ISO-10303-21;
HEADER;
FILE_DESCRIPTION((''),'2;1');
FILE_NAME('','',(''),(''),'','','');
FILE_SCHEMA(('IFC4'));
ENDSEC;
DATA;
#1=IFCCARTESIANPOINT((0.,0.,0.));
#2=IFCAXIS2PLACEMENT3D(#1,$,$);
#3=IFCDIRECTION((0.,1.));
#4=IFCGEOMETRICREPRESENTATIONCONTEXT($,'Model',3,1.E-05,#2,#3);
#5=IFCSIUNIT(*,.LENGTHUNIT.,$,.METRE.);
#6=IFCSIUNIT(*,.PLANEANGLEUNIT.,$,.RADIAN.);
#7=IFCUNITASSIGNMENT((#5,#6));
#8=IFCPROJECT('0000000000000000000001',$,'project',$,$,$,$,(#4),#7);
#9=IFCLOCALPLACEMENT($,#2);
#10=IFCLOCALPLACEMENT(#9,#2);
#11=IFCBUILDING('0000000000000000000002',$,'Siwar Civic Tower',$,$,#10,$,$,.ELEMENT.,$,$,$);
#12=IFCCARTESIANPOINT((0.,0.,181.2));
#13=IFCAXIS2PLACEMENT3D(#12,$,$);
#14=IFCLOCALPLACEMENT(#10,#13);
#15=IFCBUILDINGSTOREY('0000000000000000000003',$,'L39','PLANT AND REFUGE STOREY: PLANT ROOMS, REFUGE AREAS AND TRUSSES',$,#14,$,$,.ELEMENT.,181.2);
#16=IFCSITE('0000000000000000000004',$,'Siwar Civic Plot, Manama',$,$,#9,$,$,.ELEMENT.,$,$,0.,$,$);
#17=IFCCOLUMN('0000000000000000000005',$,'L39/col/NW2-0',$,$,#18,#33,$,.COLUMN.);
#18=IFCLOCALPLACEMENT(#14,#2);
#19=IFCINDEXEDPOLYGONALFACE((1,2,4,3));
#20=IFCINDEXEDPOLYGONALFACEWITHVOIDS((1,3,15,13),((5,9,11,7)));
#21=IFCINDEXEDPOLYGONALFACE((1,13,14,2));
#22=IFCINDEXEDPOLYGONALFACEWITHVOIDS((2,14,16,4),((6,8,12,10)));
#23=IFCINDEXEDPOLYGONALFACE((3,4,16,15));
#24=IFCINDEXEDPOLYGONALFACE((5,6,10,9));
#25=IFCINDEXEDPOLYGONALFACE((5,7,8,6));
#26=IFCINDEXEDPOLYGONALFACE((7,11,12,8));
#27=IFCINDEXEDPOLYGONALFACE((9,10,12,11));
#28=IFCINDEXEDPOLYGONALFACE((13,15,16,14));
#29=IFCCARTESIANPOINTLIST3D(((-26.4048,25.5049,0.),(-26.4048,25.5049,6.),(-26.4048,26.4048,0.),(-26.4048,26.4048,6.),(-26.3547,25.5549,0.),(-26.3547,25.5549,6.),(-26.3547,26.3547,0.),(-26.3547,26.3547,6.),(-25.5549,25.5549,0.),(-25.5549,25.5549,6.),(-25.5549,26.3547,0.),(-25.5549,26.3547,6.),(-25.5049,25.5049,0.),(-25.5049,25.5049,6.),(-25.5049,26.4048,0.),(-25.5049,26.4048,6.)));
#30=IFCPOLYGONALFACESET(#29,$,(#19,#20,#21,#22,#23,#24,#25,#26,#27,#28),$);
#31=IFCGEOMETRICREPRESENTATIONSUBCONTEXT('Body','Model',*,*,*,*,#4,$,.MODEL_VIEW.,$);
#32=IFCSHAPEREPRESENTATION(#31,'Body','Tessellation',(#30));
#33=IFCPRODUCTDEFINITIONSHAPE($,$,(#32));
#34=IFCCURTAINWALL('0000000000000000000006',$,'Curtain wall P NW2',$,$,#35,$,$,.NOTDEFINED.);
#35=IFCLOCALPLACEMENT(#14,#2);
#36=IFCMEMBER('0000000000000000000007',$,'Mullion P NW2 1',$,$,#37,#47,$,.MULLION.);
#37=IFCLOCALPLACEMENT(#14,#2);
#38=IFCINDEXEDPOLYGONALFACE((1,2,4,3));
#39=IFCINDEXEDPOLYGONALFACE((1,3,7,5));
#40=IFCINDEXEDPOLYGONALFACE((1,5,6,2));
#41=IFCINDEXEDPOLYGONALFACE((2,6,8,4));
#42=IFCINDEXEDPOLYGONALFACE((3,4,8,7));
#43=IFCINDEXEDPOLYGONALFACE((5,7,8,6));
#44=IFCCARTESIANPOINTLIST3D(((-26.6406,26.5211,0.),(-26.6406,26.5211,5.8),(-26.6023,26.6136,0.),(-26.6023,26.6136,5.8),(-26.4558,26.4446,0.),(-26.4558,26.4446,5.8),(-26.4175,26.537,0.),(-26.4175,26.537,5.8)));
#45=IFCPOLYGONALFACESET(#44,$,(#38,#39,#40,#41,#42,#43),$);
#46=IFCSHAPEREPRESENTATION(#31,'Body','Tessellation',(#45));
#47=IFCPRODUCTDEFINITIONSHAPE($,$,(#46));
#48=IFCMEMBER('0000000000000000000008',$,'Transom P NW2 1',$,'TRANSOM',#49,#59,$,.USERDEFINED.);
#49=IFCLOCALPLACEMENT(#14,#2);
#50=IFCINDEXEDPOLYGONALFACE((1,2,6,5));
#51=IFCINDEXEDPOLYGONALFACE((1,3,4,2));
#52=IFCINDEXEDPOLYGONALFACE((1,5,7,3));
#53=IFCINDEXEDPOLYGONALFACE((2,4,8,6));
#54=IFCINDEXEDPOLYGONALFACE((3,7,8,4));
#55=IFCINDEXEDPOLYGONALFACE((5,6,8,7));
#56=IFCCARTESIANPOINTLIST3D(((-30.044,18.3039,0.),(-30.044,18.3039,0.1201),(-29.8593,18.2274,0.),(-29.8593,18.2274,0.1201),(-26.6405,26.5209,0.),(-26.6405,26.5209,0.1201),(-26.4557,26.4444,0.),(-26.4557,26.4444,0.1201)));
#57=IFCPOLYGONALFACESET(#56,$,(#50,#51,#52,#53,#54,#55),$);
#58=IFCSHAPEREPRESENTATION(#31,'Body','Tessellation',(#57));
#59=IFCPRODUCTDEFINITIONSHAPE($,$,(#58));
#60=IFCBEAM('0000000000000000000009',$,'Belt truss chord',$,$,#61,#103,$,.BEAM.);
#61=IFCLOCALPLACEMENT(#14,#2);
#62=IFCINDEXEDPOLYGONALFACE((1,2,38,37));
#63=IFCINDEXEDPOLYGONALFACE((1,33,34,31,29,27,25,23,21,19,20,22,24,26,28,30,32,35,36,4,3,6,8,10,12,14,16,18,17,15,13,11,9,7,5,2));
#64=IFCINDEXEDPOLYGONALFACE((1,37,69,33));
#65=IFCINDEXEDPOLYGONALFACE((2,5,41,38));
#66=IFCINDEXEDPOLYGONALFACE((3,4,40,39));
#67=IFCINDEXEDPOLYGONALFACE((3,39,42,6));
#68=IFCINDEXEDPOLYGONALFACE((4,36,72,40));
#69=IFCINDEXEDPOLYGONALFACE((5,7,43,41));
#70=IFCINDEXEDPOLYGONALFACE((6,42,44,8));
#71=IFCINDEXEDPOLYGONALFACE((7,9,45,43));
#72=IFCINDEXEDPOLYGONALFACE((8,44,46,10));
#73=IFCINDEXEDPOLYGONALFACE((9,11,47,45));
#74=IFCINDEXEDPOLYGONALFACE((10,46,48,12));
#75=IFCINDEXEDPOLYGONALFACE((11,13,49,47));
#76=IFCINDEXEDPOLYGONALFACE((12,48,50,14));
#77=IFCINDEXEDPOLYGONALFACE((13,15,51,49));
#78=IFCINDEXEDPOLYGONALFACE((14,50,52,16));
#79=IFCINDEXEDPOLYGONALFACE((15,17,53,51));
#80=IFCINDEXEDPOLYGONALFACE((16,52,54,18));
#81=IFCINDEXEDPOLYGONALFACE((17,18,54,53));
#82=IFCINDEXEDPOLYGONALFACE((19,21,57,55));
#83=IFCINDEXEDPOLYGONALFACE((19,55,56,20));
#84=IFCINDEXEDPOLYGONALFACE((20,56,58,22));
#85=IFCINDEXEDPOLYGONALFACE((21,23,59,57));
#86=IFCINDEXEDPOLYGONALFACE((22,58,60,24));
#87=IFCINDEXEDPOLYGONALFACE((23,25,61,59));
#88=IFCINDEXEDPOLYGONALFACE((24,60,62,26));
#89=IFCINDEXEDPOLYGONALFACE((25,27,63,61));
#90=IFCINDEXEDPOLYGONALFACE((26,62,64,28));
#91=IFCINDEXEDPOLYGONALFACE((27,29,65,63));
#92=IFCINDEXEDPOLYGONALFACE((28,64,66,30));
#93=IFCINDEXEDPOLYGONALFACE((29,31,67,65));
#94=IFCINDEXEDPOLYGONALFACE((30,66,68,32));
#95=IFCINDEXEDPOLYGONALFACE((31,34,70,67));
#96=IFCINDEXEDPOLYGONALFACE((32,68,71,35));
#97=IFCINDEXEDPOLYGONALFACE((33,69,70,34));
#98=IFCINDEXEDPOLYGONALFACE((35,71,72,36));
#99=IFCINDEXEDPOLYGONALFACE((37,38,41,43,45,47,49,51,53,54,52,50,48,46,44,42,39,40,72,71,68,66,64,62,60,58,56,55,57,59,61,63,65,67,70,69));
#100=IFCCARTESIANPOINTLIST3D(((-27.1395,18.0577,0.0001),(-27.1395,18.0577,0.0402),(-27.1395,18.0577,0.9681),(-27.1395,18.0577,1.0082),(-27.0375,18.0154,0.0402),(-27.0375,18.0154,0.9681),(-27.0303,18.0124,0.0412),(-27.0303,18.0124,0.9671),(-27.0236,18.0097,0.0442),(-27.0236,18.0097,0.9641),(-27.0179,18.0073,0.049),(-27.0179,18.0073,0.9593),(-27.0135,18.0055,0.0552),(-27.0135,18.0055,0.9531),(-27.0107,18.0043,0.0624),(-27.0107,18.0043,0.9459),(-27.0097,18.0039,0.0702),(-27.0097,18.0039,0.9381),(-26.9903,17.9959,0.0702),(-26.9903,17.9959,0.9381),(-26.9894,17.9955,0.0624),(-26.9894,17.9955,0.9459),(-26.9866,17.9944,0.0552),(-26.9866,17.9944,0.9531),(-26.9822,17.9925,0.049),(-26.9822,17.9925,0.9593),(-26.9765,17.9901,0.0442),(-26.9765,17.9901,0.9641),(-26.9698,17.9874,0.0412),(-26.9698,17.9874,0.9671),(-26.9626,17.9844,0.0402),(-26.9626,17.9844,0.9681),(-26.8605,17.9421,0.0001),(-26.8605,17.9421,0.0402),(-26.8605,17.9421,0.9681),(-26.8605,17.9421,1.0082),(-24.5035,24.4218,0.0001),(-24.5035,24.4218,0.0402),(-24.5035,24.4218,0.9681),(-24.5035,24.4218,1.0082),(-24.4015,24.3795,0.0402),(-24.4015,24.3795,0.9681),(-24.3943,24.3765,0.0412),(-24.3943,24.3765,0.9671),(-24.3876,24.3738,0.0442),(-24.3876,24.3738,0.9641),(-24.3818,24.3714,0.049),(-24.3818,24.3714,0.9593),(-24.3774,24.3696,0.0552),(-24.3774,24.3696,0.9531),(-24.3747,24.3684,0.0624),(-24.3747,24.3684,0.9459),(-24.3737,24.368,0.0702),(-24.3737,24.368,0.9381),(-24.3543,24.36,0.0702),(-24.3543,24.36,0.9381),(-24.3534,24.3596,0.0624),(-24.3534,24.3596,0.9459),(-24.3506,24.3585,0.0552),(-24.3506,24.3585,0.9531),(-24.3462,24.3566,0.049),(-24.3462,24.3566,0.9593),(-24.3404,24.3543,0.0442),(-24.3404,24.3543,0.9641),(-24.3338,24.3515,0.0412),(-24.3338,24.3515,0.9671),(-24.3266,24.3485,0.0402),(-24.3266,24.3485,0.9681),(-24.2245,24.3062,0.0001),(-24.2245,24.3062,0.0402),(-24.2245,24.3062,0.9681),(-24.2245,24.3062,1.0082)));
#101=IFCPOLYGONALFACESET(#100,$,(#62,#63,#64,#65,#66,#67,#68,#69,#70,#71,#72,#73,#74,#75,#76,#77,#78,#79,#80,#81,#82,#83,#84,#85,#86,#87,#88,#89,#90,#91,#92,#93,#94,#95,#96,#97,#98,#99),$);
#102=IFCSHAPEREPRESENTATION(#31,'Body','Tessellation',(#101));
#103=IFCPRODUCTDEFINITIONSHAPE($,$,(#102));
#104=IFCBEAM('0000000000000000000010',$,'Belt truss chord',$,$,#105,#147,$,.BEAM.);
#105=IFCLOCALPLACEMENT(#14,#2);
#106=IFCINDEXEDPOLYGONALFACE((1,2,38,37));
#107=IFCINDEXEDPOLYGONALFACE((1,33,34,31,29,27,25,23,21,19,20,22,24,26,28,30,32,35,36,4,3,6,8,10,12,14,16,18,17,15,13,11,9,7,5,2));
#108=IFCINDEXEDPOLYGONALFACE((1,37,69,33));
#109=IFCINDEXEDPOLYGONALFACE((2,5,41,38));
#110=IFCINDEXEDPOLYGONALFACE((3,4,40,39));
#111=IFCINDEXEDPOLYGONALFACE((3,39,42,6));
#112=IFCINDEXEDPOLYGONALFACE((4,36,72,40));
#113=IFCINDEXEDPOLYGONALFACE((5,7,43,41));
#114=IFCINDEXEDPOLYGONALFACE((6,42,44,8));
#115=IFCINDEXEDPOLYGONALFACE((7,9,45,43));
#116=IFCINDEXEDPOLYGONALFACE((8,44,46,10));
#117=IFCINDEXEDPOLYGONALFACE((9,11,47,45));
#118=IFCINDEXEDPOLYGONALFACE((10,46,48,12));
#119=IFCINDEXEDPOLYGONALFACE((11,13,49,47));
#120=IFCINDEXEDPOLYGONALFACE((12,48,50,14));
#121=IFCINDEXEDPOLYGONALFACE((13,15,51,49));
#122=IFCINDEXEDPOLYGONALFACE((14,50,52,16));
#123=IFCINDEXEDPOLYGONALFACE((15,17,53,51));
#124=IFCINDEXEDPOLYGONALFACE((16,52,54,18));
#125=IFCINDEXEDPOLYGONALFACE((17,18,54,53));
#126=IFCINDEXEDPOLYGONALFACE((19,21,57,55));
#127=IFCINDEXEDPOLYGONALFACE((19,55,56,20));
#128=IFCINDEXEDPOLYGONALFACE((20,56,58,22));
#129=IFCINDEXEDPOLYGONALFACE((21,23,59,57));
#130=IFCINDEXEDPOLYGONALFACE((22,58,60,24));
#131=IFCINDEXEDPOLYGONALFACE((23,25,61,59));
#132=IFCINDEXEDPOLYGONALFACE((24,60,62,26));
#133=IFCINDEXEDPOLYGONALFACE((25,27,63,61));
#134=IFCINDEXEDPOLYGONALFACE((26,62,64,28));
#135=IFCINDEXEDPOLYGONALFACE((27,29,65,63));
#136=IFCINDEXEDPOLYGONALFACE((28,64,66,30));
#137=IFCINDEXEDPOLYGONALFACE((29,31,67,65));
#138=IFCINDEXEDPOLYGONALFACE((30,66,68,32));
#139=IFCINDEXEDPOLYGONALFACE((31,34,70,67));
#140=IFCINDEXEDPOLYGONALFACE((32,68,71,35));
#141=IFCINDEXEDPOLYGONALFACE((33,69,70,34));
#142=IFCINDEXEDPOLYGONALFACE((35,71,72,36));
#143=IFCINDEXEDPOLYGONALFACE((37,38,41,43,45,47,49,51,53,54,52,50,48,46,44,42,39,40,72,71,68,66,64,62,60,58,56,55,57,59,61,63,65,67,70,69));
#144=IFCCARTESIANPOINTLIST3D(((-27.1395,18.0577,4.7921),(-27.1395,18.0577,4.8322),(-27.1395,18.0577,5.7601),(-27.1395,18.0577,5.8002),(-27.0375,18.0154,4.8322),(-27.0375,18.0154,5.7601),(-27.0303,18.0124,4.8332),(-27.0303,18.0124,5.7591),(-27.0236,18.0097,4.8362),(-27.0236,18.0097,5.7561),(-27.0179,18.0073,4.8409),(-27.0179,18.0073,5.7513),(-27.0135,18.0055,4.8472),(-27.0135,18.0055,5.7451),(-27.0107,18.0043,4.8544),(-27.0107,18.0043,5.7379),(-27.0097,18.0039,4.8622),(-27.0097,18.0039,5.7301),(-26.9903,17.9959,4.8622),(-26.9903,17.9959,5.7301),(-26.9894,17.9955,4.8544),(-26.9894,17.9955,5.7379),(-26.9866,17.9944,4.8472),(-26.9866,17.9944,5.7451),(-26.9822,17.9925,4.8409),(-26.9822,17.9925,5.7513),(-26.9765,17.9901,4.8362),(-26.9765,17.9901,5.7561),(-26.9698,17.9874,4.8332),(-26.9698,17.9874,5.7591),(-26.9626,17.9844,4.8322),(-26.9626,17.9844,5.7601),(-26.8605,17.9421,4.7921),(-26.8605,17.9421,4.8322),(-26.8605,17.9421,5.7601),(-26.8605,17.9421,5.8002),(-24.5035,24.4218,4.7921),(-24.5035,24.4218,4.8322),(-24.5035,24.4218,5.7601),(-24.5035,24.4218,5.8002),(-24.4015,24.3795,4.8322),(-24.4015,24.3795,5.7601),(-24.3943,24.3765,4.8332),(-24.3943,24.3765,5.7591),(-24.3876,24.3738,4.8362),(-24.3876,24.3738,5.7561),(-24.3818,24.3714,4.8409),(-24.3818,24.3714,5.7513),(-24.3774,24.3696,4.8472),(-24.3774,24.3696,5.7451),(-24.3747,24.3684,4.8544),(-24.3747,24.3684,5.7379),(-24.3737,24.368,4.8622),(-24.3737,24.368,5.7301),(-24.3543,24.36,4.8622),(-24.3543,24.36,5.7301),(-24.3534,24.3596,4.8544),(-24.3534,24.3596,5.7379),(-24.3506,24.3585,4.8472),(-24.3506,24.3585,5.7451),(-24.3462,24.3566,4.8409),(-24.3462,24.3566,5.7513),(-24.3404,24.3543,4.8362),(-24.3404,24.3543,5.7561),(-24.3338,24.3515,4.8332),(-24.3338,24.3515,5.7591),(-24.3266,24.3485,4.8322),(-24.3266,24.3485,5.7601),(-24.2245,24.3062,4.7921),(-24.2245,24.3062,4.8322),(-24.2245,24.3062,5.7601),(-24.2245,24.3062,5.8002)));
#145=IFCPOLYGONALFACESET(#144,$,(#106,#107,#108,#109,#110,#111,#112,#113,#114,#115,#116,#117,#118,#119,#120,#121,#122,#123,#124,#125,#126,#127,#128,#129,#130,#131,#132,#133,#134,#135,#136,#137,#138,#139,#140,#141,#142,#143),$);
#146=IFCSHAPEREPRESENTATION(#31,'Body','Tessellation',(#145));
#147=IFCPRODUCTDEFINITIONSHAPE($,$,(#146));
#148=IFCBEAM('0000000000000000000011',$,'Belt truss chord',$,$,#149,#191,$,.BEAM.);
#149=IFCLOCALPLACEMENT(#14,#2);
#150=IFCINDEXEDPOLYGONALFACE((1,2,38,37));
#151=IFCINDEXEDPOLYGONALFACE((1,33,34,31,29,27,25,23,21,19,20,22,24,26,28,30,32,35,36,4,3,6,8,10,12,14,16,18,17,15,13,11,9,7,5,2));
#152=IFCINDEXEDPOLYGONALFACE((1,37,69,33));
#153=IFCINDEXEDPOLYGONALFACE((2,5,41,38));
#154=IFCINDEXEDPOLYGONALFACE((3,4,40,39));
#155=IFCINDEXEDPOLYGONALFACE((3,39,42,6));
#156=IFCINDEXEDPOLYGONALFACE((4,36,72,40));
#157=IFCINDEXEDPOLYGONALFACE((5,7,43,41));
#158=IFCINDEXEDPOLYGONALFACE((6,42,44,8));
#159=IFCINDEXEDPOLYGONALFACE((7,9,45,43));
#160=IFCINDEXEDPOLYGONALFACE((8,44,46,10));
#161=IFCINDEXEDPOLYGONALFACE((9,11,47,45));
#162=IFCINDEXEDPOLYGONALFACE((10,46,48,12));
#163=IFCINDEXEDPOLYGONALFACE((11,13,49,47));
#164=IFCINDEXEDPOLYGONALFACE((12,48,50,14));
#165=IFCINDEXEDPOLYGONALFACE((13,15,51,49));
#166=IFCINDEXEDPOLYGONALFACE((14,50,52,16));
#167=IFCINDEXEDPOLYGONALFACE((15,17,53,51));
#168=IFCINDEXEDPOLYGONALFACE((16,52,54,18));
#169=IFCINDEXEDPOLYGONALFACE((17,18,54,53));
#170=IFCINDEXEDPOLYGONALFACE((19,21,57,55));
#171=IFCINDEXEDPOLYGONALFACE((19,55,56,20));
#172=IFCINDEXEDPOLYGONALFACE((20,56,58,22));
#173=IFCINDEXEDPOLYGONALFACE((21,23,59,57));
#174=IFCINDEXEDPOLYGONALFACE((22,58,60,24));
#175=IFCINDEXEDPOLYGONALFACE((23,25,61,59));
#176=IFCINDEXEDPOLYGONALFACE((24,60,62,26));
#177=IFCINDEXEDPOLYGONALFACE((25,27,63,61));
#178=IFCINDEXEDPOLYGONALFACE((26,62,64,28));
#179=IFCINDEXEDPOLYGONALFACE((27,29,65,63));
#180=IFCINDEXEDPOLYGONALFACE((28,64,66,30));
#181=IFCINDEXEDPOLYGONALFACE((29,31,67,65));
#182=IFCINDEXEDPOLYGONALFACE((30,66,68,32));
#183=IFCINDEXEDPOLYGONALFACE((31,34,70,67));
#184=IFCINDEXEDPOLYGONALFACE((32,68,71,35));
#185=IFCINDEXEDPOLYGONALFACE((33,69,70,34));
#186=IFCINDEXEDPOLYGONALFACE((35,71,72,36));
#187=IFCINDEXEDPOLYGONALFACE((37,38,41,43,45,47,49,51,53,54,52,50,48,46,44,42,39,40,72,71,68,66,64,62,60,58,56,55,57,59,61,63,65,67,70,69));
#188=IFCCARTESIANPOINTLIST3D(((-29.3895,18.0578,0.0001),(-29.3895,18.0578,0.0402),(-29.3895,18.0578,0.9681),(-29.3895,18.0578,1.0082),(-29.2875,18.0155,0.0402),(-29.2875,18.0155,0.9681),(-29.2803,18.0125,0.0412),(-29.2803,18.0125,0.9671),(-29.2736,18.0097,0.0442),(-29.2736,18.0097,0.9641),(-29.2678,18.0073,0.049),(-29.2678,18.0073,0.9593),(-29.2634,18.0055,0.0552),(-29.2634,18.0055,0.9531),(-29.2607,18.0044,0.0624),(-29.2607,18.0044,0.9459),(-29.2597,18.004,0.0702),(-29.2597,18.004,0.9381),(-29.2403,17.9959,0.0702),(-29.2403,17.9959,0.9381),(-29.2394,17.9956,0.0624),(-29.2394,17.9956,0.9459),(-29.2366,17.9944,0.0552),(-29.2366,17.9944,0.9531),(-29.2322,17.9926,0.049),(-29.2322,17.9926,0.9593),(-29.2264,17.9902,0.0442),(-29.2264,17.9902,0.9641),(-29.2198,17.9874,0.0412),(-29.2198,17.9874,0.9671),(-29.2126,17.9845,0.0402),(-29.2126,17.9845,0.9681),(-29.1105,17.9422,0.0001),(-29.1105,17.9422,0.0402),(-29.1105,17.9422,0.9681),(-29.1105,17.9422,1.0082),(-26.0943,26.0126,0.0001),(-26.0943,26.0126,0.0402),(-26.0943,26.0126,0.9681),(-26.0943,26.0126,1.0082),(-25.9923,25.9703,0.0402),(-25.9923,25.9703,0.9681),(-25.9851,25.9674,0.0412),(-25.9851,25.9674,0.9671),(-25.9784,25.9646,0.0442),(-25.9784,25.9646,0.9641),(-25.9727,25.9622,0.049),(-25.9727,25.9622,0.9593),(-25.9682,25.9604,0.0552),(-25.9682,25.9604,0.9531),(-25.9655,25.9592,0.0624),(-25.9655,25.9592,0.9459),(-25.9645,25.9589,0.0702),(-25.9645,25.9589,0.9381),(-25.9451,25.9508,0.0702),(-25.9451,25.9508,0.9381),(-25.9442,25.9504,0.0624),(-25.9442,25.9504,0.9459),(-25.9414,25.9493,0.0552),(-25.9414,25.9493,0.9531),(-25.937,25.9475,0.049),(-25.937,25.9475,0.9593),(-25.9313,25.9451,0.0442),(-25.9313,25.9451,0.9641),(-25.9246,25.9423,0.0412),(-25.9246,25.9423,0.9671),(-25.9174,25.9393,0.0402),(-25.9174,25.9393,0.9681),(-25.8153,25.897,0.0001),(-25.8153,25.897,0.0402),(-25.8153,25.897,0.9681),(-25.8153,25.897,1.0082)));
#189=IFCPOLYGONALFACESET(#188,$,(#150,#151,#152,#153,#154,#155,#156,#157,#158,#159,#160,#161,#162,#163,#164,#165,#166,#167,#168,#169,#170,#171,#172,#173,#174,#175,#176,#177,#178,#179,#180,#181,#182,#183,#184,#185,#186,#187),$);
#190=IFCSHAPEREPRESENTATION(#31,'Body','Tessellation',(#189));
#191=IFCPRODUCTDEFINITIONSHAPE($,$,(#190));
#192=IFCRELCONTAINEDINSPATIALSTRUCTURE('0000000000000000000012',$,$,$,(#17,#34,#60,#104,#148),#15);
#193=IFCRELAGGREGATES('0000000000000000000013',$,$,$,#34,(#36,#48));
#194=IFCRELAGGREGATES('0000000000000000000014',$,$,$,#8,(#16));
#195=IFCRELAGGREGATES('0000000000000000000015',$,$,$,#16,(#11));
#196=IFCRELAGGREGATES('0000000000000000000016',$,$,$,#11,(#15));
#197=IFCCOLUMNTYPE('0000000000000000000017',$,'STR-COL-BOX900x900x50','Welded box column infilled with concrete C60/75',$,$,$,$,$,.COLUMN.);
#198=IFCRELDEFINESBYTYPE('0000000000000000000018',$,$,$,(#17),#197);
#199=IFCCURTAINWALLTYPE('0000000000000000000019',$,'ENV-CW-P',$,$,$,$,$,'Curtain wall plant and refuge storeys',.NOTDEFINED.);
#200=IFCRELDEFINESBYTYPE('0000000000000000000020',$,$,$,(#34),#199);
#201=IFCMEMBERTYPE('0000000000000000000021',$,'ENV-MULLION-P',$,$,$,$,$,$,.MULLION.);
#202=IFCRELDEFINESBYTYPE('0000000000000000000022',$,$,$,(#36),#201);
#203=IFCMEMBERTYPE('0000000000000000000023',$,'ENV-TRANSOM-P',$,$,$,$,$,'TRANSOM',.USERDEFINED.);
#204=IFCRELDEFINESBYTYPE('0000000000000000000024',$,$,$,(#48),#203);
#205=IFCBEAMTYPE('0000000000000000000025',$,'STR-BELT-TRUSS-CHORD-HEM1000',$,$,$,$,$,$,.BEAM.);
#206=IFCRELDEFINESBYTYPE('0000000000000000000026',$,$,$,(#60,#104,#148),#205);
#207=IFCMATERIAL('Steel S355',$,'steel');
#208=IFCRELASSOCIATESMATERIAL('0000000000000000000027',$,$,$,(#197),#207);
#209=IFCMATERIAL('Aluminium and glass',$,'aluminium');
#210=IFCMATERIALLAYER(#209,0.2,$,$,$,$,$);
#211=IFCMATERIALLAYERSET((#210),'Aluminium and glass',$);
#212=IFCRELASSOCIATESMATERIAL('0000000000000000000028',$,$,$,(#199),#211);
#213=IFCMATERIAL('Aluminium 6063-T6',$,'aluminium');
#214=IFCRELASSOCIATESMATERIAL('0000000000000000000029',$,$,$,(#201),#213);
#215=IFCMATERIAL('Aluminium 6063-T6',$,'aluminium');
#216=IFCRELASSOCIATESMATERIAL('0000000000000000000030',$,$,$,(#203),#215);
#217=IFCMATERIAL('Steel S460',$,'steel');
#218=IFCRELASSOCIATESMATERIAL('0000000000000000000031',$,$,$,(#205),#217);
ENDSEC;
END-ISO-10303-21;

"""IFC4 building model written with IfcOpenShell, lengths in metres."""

from ifc_helpers import new_model, si_unit, direction, frame, origin, origin_2d, place, context, subcontext, project, spatial, rectangle, hollow_rectangle, i_section, extrude, material, layer, layer_set, material_profile, profile_set, type_object, element, aggregate, save


model = new_model("IFC4")

# Units and contexts
model_context = context("Model", 3, precision=1e-05, world=origin(), true_north=direction((0.0, 1.0)))
body_context = subcontext(model_context, "Body", "Model", "MODEL_VIEW")
ifc_project = project(units=[si_unit("LENGTHUNIT", "METRE"), si_unit("PLANEANGLEUNIT", "RADIAN")], contexts=[model_context])

# Site, building, storey
site_placement = place(None, origin())
site = spatial("IfcSite", under=ifc_project, at=site_placement, Name="Siwar Civic Plot, Manama", CompositionType="ELEMENT", RefElevation=0.0)
building_placement = place(site_placement, origin())
building = spatial("IfcBuilding", under=site, at=building_placement, Name="Siwar Civic Tower", CompositionType="ELEMENT")
storey_placement = place(building_placement, frame((0.0, 0.0, 181.2)))
storey = spatial("IfcBuildingStorey", under=building, at=storey_placement, Name="L39", Description="PLANT AND REFUGE STOREY: PLANT ROOMS, REFUGE AREAS AND TRUSSES", CompositionType="ELEMENT", Elevation=181.2)

# Column
ifc_material_1 = material(Name="Steel S355", Category="steel")
ifc_material_profile_1 = material_profile(ifc_material_1, hollow_rectangle(XDim=0.8999, YDim=0.8999, WallThickness=0.05, at=origin_2d()), Name="BOX900x900x50")
ifc_profile_set_1 = profile_set([ifc_material_profile_1], Name="Steel S355")
column_type = type_object("IfcColumnType", Name="STR-COL-BOX900x900x50", Description="Welded box column infilled with concrete C60/75", PredefinedType="COLUMN", material=ifc_profile_set_1)
column_placement = place(storey_placement, frame((-25.9548, 25.9548, 0.0), z_axis=(0.0, 0.0, 1.0), x_axis=(1.0, 0.0, 0.0)))
element("IfcColumn", 1, at=column_placement, inside=storey, type_object=column_type, Name="L39/col/NW2-0", PredefinedType="COLUMN", context=body_context, shape_type="SweptSolid", body=[
    extrude(hollow_rectangle(XDim=0.8999, YDim=0.8999, WallThickness=0.05, at=origin_2d()), origin(), (0.0, 0.0, 1.0), 6.0),
])

# Curtain wall, members
ifc_material_2 = material(Name="Aluminium and glass", Category="aluminium")
ifc_layer_1 = layer(ifc_material_2, 0.2)
ifc_layer_set_1 = layer_set([ifc_layer_1], Name="Aluminium and glass")
curtain_wall_type = type_object("IfcCurtainWallType", Name="ENV-CW-P", ElementType="Curtain wall plant and refuge storeys", PredefinedType="NOTDEFINED", material=ifc_layer_set_1)
curtain_wall_1_placement = place(storey_placement, origin())
curtain_wall_1 = element("IfcCurtainWall", 2, at=curtain_wall_1_placement, inside=storey, type_object=curtain_wall_type, Name="Curtain wall P NW2", PredefinedType="NOTDEFINED")
ifc_material_3 = material(Name="Aluminium 6063-T6", Category="aluminium")
ifc_material_profile_2 = material_profile(ifc_material_3, rectangle(XDim=0.2, YDim=0.1001, at=origin_2d()), Name="AL 200x100")
ifc_profile_set_2 = profile_set([ifc_material_profile_2], Name="Aluminium 6063-T6")
member_type_1 = type_object("IfcMemberType", Name="ENV-MULLION-P", PredefinedType="MULLION", material=ifc_profile_set_2)
member_1_placement = place(storey_placement, frame((-26.5291, 26.5291, 0.0), z_axis=(0.0, 0.0, 1.0), x_axis=(0.92388, -0.382683, 0.0)))
member_1 = element("IfcMember", 3, at=member_1_placement, type_object=member_type_1, Name="Mullion P NW2 1", PredefinedType="MULLION", context=body_context, shape_type="SweptSolid", body=[
    extrude(rectangle(XDim=0.2, YDim=0.1001, at=origin_2d()), origin(), (0.0, 0.0, 1.0), 5.8),
])
ifc_material_4 = material(Name="Aluminium 6063-T6", Category="aluminium")
ifc_material_profile_3 = material_profile(ifc_material_4, rectangle(XDim=0.2, YDim=0.1201, at=origin_2d()), Name="AL 200x120")
ifc_profile_set_3 = profile_set([ifc_material_profile_3], Name="Aluminium 6063-T6")
member_type_2 = type_object("IfcMemberType", Name="ENV-TRANSOM-P", ElementType="TRANSOM", PredefinedType="USERDEFINED", material=ifc_profile_set_3)
member_2_placement = place(storey_placement, frame((-26.5481, 26.4827, 0.0601), z_axis=(-0.382679, -0.923881, 0.0), x_axis=(0.923881, -0.382679, 0.0)))
member_2 = element("IfcMember", 4, at=member_2_placement, type_object=member_type_2, Name="Transom P NW2 1", ObjectType="TRANSOM", PredefinedType="USERDEFINED", context=body_context, shape_type="SweptSolid", body=[
    extrude(rectangle(XDim=0.2, YDim=0.1201, at=origin_2d()), origin(), (0.0, 0.0, 1.0), 8.894),
])

# Beams
ifc_material_5 = material(Name="Steel S460", Category="steel")
ifc_material_profile_4 = material_profile(ifc_material_5, i_section(OverallWidth=0.302, OverallDepth=1.0081, WebThickness=0.021, FlangeThickness=0.04, FilletRadius=0.03, at=origin_2d()), Name="HEM1000")
ifc_profile_set_4 = profile_set([ifc_material_profile_4], Name="Steel S460")
beam_type_1 = type_object("IfcBeamType", Name="STR-BELT-TRUSS-CHORD-HEM1000", PredefinedType="BEAM", material=ifc_profile_set_4)
for number, where, z_axis, x_axis, name in (
    (5, (-24.364, 24.364, 0.5042), (-0.382674, -0.923883, 0.0), (0.923883, -0.382674, 0.0), "Belt truss chord"),
    (6, (-24.364, 24.364, 5.2961), (-0.382674, -0.923883, 0.0), (0.923883, -0.382674, 0.0), "Belt truss chord"),
):
    element("IfcBeam", number, at=place(storey_placement, frame(where, z_axis=z_axis, x_axis=x_axis)), inside=storey, type_object=beam_type_1, Name=name, PredefinedType="BEAM", context=body_context, shape_type="SweptSolid", body=[
        extrude(i_section(OverallWidth=0.302, OverallDepth=1.0081, WebThickness=0.021, FlangeThickness=0.04, FilletRadius=0.03, at=origin_2d()), origin(), (0.0, 0.0, 1.0), 6.8884),
    ])
for number, where, z_axis, x_axis, name in (
    (7, (-25.9548, 25.9548, 0.5042), (-0.3827, -0.923873, 0.0), (0.923873, -0.3827, 0.0), "Belt truss chord"),
):
    element("IfcBeam", number, at=place(storey_placement, frame(where, z_axis=z_axis, x_axis=x_axis)), inside=storey, type_object=beam_type_1, Name=name, PredefinedType="BEAM", context=body_context, shape_type="SweptSolid", body=[
        extrude(i_section(OverallWidth=0.302, OverallDepth=1.0081, WebThickness=0.021, FlangeThickness=0.04, FilletRadius=0.03, at=origin_2d()), origin(), (0.0, 0.0, 1.0), 8.6104),
    ])

aggregate(curtain_wall_1, [member_1, member_2])

save(model, "model.ifc")
